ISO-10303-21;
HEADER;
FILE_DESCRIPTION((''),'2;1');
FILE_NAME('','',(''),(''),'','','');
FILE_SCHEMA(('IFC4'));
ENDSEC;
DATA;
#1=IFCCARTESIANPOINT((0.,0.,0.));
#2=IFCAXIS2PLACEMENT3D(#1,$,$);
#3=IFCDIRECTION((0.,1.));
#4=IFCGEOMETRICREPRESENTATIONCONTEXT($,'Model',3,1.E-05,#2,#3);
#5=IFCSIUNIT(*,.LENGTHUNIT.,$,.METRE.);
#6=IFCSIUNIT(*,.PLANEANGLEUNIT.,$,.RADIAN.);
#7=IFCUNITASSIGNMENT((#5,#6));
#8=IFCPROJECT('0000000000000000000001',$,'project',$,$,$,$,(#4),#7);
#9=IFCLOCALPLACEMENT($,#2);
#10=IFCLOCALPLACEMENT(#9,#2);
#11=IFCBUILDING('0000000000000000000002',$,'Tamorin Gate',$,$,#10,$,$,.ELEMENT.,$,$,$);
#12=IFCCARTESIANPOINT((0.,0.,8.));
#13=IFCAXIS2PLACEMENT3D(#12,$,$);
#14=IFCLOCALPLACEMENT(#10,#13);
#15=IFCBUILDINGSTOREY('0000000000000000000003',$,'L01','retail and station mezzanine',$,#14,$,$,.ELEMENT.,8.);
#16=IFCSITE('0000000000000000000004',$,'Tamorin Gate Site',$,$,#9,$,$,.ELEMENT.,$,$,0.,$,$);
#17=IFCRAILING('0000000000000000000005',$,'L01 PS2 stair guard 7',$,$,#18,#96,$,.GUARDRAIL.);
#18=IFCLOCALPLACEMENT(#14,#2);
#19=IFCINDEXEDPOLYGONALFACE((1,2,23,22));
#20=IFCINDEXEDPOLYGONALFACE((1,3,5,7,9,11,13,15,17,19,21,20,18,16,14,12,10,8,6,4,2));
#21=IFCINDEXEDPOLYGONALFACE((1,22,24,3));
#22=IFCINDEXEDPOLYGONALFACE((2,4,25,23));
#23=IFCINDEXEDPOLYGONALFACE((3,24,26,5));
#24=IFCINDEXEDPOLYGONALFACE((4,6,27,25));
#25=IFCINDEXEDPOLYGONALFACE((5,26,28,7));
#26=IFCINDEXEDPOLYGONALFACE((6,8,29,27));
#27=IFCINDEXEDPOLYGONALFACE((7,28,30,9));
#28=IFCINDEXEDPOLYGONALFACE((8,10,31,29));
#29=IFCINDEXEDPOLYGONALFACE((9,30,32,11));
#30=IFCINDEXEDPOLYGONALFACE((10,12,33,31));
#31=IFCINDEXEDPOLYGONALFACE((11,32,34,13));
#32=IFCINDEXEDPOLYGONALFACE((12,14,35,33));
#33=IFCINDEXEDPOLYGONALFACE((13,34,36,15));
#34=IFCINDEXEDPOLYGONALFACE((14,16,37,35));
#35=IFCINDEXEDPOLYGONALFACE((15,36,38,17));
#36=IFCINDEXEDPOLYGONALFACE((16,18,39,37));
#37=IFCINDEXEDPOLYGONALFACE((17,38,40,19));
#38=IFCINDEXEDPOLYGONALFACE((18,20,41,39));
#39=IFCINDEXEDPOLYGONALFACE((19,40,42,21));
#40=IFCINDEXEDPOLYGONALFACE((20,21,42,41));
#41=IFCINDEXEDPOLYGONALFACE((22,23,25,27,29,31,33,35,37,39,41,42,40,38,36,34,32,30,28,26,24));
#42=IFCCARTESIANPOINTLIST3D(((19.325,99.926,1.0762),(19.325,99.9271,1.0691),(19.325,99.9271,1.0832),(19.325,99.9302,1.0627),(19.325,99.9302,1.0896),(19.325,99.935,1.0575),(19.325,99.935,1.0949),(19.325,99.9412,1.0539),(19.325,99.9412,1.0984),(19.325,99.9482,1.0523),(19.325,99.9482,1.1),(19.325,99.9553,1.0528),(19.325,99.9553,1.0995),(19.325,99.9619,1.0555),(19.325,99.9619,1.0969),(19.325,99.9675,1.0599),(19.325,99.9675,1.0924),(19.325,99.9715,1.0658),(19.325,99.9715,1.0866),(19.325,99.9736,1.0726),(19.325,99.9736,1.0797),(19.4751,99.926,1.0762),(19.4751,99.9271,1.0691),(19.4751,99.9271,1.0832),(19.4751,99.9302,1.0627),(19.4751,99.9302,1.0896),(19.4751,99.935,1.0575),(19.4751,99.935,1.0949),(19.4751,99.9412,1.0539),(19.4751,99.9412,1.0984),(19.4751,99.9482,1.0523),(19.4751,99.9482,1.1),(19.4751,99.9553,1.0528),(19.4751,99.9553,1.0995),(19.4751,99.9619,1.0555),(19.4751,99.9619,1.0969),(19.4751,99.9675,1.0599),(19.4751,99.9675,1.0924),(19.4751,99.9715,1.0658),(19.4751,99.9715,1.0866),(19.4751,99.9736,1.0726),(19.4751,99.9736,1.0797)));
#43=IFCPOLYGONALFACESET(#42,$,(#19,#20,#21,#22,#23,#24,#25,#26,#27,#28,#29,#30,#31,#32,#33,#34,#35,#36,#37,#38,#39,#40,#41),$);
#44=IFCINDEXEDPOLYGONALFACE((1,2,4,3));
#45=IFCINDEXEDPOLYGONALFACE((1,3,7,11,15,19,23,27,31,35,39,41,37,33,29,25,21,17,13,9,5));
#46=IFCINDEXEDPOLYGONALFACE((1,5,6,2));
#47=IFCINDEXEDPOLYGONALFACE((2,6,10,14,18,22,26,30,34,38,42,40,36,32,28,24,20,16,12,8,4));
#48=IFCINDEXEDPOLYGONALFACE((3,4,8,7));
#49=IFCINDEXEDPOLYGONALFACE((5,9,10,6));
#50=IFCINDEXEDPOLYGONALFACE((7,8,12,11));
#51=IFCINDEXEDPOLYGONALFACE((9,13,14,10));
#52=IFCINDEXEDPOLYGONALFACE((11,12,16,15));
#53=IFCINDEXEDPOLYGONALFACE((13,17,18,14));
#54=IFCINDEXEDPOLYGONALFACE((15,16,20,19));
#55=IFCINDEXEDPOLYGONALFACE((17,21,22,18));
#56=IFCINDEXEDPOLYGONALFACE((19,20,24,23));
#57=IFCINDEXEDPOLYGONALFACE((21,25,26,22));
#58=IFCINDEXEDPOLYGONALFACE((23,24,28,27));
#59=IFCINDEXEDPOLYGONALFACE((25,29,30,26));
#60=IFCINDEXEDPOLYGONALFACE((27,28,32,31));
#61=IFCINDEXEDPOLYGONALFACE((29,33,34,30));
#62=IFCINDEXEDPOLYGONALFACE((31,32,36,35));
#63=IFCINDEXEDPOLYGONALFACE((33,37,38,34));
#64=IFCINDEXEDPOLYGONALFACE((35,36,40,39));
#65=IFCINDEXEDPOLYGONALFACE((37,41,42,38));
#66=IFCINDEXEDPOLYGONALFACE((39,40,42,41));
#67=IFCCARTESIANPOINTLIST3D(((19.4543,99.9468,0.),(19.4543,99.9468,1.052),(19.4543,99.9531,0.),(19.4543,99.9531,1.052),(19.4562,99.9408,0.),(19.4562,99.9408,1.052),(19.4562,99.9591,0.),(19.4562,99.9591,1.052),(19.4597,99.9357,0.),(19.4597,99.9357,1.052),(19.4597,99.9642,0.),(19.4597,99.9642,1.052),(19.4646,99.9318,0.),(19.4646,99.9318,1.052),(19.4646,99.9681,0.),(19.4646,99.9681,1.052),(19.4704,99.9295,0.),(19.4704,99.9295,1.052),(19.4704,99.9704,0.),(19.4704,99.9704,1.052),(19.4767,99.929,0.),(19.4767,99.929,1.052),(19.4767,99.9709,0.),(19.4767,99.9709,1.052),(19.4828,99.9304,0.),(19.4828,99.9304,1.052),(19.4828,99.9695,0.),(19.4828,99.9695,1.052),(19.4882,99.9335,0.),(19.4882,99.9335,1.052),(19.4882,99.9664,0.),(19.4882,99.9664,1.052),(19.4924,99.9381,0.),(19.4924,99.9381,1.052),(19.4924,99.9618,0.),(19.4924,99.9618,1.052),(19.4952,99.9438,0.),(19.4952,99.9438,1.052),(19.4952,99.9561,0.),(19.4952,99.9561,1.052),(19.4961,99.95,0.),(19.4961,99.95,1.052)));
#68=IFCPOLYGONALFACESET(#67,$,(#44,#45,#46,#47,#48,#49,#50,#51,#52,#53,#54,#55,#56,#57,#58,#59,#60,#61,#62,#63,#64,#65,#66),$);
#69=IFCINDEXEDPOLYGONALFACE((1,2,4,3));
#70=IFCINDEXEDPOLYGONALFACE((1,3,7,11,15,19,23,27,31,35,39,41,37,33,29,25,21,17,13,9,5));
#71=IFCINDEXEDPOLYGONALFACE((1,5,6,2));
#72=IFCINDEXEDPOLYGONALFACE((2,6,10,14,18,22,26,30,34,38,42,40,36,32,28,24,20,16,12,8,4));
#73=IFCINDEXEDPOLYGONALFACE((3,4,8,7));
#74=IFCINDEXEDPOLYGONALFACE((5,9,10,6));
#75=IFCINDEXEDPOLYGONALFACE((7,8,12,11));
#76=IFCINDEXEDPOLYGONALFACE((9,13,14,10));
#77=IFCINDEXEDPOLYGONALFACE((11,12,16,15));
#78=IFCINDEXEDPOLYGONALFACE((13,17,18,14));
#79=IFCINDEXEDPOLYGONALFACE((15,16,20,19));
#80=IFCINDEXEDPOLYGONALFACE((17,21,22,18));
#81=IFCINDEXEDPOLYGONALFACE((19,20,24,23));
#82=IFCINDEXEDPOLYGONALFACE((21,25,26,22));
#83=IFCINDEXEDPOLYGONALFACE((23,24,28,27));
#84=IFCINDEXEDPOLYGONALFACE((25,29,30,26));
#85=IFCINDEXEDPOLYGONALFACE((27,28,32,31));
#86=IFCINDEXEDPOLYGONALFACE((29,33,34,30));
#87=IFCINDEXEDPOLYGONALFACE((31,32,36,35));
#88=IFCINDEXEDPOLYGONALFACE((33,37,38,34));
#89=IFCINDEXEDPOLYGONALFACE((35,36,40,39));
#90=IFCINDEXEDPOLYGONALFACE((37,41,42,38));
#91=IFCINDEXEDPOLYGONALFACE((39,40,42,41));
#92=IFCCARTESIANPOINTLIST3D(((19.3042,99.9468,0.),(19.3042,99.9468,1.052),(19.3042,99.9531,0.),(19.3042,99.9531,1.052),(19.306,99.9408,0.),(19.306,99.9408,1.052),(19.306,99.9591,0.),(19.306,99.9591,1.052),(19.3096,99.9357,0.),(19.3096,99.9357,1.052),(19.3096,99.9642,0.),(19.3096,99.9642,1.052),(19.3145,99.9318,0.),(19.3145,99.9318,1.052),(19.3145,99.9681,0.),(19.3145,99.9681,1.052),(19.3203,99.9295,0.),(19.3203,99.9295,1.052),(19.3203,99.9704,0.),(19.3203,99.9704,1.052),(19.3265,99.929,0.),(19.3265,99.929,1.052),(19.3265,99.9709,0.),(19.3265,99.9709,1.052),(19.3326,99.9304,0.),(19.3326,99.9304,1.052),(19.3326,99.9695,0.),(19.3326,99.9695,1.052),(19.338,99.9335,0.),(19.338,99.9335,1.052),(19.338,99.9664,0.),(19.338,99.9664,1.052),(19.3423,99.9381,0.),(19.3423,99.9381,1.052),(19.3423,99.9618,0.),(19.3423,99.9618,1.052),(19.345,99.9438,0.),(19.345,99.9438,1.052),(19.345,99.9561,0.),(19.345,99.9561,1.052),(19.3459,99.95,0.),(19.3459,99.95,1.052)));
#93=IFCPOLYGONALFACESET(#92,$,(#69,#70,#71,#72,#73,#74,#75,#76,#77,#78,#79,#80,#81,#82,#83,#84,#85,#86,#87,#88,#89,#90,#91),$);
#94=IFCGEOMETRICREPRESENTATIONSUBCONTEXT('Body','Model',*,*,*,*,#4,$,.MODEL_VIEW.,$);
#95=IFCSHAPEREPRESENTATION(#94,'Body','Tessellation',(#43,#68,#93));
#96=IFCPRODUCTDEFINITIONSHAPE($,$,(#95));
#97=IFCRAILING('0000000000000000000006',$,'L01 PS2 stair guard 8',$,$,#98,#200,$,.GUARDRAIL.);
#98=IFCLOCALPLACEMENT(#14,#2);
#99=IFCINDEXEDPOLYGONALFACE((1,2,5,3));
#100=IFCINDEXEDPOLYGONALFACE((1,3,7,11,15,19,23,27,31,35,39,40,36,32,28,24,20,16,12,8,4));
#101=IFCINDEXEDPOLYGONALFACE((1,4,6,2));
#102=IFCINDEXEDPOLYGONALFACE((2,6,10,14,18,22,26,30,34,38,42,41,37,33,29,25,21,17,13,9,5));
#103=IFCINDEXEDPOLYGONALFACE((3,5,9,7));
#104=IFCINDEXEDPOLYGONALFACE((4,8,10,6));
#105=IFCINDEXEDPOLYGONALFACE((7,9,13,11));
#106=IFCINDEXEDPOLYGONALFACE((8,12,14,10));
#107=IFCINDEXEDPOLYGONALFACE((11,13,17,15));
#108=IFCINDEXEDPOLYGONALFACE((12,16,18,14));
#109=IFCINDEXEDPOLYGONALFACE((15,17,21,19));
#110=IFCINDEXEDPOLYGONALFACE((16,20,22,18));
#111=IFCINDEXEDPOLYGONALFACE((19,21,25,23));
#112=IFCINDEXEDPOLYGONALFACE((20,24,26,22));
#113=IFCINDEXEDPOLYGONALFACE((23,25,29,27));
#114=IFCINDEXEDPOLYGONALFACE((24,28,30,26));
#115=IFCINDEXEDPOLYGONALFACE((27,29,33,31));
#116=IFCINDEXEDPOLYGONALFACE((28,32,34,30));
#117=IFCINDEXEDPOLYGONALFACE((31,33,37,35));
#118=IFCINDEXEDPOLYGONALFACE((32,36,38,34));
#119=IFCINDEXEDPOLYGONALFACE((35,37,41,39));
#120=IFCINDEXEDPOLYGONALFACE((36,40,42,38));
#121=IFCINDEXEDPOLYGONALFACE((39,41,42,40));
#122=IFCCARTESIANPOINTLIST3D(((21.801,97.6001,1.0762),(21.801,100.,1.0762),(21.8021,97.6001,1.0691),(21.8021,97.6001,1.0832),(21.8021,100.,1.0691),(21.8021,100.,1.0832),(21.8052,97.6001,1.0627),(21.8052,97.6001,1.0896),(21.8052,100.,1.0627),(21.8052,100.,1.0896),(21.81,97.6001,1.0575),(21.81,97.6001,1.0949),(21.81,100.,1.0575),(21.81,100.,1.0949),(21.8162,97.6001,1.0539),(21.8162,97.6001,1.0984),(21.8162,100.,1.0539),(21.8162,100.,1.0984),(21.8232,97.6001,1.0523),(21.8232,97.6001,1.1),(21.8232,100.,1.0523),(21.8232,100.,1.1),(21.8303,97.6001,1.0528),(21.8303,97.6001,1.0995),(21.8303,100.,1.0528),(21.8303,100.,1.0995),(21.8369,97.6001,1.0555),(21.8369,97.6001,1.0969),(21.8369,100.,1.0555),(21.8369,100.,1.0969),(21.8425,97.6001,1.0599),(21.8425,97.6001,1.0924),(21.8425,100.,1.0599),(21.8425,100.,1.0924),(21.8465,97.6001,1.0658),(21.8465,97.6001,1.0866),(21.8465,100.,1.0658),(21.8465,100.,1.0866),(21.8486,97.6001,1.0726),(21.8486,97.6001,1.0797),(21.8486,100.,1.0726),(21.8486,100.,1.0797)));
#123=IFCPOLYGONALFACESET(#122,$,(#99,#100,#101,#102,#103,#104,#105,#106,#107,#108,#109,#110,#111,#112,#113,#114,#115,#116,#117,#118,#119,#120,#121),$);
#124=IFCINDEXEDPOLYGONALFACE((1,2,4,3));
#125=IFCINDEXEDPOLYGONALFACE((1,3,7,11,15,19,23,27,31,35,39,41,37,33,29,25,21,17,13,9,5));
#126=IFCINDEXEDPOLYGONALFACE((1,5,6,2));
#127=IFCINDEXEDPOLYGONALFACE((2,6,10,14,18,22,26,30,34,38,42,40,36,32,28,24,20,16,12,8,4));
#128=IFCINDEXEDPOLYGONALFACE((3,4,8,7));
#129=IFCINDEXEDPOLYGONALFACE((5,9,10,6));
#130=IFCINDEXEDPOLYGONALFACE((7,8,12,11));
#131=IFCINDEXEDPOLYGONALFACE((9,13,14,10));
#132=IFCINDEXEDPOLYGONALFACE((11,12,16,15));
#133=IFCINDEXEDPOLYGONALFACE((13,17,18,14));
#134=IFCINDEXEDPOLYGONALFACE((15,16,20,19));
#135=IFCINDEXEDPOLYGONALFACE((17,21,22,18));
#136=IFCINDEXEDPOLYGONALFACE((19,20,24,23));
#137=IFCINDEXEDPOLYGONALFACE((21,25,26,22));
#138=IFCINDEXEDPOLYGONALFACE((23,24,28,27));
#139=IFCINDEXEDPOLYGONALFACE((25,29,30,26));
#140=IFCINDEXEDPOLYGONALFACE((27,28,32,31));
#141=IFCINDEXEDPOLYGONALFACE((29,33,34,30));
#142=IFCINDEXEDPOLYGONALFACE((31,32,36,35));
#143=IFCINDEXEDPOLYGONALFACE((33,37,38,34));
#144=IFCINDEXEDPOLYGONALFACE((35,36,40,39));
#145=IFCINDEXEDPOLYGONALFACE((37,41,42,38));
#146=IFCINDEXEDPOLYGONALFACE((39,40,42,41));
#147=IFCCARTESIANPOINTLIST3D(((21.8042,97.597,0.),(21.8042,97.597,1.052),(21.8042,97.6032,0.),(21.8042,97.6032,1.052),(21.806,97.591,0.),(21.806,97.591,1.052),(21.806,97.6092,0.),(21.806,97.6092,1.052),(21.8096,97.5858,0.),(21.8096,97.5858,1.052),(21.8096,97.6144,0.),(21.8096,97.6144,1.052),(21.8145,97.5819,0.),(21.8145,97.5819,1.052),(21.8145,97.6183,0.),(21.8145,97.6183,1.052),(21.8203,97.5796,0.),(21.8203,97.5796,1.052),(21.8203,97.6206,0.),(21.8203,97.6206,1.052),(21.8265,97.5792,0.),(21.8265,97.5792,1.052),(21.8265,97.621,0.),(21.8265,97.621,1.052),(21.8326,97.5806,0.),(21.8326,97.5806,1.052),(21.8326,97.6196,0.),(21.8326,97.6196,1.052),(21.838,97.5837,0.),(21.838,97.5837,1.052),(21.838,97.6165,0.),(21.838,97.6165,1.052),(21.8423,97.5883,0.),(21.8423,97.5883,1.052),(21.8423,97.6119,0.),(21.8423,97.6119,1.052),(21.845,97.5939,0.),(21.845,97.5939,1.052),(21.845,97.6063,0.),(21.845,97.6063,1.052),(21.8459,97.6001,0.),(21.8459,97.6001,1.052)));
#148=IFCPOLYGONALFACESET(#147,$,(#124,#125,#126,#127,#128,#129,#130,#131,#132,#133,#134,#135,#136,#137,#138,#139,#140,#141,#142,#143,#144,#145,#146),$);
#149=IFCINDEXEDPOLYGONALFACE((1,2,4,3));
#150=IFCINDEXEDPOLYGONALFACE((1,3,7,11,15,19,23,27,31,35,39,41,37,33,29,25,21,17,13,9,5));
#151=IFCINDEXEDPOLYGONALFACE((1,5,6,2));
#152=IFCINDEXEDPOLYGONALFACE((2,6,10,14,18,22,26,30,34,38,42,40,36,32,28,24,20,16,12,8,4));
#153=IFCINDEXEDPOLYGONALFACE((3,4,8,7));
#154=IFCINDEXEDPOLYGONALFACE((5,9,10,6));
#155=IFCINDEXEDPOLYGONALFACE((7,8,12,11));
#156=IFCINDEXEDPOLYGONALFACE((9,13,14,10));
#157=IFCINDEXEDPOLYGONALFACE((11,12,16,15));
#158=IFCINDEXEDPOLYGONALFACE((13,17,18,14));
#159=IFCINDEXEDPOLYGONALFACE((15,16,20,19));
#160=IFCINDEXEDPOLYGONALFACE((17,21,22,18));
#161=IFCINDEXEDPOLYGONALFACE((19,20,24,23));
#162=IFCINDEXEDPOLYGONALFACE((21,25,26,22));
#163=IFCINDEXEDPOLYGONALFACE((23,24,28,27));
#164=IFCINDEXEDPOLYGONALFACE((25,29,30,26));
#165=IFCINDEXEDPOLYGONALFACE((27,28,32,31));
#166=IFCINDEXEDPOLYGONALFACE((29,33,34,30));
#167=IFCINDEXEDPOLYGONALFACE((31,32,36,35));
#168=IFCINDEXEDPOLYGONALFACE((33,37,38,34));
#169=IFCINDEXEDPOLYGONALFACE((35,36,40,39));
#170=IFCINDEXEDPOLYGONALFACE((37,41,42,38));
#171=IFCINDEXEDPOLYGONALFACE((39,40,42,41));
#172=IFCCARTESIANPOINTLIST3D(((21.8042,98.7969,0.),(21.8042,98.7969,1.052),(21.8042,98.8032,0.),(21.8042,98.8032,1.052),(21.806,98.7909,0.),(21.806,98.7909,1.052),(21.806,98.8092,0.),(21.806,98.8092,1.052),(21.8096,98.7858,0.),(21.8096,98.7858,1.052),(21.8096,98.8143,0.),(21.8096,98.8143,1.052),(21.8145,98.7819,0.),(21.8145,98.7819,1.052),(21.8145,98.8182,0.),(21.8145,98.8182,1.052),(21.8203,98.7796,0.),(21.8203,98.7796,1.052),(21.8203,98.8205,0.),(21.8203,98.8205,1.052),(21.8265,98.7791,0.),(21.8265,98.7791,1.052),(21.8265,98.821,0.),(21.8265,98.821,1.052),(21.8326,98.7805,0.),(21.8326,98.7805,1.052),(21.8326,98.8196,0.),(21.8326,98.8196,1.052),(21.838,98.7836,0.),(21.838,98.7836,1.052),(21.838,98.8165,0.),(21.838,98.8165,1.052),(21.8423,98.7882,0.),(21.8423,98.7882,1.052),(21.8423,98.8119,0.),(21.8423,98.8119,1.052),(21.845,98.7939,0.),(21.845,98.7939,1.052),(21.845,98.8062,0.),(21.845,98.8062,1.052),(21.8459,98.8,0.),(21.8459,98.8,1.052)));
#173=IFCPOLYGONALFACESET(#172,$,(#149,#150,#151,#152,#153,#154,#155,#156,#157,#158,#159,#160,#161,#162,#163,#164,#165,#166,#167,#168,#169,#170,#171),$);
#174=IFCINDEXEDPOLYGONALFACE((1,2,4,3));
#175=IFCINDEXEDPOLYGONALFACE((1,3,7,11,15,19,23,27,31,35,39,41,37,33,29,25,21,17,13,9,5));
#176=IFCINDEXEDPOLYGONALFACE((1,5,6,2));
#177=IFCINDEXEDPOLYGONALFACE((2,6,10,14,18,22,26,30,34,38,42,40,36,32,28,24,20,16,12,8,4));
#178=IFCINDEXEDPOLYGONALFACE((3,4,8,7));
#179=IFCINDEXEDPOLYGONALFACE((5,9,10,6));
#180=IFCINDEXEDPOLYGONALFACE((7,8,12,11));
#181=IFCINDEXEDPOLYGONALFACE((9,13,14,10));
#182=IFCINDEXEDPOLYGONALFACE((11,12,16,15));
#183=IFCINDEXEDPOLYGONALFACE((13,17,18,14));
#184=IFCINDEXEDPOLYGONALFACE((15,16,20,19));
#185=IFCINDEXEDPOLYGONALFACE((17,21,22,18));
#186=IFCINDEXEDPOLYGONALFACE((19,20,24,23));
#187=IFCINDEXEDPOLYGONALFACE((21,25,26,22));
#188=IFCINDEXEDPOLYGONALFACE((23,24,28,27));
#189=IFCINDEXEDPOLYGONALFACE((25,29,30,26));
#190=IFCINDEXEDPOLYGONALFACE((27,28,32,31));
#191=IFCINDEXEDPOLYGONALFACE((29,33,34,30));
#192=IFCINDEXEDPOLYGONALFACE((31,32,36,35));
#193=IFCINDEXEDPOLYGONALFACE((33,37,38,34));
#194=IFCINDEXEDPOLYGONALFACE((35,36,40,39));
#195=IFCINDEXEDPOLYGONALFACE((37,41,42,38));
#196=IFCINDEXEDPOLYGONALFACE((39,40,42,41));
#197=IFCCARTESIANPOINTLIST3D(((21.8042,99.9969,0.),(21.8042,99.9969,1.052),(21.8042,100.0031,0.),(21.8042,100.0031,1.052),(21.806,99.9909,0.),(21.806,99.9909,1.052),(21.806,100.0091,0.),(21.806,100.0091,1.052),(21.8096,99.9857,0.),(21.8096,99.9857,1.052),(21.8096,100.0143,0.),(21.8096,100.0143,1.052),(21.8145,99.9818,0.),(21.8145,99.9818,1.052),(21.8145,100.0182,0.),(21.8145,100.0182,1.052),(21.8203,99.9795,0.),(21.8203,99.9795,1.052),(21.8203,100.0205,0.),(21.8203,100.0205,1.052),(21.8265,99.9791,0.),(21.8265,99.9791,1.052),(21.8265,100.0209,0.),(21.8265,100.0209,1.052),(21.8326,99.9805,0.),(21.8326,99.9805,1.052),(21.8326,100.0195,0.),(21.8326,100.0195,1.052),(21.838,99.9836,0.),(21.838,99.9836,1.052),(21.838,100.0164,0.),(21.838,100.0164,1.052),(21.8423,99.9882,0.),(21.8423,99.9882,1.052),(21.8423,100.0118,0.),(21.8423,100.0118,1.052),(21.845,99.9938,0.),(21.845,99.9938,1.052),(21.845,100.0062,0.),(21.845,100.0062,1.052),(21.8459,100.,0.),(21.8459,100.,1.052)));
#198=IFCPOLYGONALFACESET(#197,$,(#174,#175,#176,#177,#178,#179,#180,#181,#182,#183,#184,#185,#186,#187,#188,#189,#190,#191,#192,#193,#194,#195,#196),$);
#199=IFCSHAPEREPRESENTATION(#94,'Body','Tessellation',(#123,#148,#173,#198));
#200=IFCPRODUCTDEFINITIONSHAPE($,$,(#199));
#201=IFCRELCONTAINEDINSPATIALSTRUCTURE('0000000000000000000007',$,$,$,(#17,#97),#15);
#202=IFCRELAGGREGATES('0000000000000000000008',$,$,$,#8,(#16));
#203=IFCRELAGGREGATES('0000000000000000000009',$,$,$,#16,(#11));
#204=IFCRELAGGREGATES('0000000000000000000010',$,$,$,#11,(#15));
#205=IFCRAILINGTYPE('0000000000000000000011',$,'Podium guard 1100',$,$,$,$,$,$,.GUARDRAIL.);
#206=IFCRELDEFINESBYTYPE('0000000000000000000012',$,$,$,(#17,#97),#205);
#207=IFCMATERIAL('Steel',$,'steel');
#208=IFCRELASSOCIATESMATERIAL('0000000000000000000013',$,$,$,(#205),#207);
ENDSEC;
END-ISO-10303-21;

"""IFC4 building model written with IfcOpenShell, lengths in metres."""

from ifc_helpers import new_model, si_unit, direction, frame, origin, origin_2d, place, context, subcontext, project, spatial, circle, extrude, material, type_object, element, save


model = new_model("IFC4")

# Units and contexts
model_context = context("Model", 3, precision=1e-05, world=origin(), true_north=direction((0.0, 1.0)))
body_context = subcontext(model_context, "Body", "Model", "MODEL_VIEW")
ifc_project = project(units=[si_unit("LENGTHUNIT", "METRE"), si_unit("PLANEANGLEUNIT", "RADIAN")], contexts=[model_context])

# Site, building, storey
site_placement = place(None, origin())
site = spatial("IfcSite", under=ifc_project, at=site_placement, Name="Tamorin Gate Site", CompositionType="ELEMENT", RefElevation=0.0)
building_placement = place(site_placement, origin())
building = spatial("IfcBuilding", under=site, at=building_placement, Name="Tamorin Gate", CompositionType="ELEMENT")
storey_placement = place(building_placement, frame((0.0, 0.0, 8.0)))
storey = spatial("IfcBuildingStorey", under=building, at=storey_placement, Name="L01", Description="retail and station mezzanine", CompositionType="ELEMENT", Elevation=8.0)

# Railings
ifc_material_1 = material(Name="Steel", Category="steel")
railing_type_1 = type_object("IfcRailingType", Name="Podium guard 1100", PredefinedType="GUARDRAIL", material=ifc_material_1)
railing_1_placement = place(storey_placement, frame((19.4751, 99.95, 0.0)))
element("IfcRailing", 1, at=railing_1_placement, inside=storey, type_object=railing_type_1, Name="L01 PS2 stair guard 7", PredefinedType="GUARDRAIL", context=body_context, shape_type="SweptSolid", body=[
    extrude(circle(Radius=0.0239, at=origin_2d()), frame((0.0, 0.0, 1.0762), z_axis=(-1.0, 0.0, 0.0), x_axis=(0.0, -1.0, 0.0)), (0.0, 0.0, 1.0), 0.1501),
    extrude(circle(Radius=0.021, at=origin_2d()), origin(), (0.0, 0.0, 1.0), 1.052),
    extrude(circle(Radius=0.021, at=origin_2d()), frame((-0.1501, 0.0, 0.0)), (0.0, 0.0, 1.0), 1.052),
])
for number, where, name in (
    (2, (21.825, 97.6001, 0.0), "L01 PS2 stair guard 8"),
):
    element("IfcRailing", number, at=place(storey_placement, frame(where)), inside=storey, type_object=railing_type_1, Name=name, PredefinedType="GUARDRAIL", context=body_context, shape_type="SweptSolid", body=[
        extrude(circle(Radius=0.0239, at=origin_2d()), frame((0.0, 0.0, 1.0762), z_axis=(0.0, 1.0, 0.0), x_axis=(-1.0, 0.0, 0.0)), (0.0, 0.0, 1.0), 2.3999),
        extrude(circle(Radius=0.021, at=origin_2d()), origin(), (0.0, 0.0, 1.0), 1.052),
        extrude(circle(Radius=0.021, at=origin_2d()), frame((0.0, 1.2, 0.0)), (0.0, 0.0, 1.0), 1.052),
        extrude(circle(Radius=0.021, at=origin_2d()), frame((0.0, 2.3999, 0.0)), (0.0, 0.0, 1.0), 1.052),
    ])

save(model, "model.ifc")
